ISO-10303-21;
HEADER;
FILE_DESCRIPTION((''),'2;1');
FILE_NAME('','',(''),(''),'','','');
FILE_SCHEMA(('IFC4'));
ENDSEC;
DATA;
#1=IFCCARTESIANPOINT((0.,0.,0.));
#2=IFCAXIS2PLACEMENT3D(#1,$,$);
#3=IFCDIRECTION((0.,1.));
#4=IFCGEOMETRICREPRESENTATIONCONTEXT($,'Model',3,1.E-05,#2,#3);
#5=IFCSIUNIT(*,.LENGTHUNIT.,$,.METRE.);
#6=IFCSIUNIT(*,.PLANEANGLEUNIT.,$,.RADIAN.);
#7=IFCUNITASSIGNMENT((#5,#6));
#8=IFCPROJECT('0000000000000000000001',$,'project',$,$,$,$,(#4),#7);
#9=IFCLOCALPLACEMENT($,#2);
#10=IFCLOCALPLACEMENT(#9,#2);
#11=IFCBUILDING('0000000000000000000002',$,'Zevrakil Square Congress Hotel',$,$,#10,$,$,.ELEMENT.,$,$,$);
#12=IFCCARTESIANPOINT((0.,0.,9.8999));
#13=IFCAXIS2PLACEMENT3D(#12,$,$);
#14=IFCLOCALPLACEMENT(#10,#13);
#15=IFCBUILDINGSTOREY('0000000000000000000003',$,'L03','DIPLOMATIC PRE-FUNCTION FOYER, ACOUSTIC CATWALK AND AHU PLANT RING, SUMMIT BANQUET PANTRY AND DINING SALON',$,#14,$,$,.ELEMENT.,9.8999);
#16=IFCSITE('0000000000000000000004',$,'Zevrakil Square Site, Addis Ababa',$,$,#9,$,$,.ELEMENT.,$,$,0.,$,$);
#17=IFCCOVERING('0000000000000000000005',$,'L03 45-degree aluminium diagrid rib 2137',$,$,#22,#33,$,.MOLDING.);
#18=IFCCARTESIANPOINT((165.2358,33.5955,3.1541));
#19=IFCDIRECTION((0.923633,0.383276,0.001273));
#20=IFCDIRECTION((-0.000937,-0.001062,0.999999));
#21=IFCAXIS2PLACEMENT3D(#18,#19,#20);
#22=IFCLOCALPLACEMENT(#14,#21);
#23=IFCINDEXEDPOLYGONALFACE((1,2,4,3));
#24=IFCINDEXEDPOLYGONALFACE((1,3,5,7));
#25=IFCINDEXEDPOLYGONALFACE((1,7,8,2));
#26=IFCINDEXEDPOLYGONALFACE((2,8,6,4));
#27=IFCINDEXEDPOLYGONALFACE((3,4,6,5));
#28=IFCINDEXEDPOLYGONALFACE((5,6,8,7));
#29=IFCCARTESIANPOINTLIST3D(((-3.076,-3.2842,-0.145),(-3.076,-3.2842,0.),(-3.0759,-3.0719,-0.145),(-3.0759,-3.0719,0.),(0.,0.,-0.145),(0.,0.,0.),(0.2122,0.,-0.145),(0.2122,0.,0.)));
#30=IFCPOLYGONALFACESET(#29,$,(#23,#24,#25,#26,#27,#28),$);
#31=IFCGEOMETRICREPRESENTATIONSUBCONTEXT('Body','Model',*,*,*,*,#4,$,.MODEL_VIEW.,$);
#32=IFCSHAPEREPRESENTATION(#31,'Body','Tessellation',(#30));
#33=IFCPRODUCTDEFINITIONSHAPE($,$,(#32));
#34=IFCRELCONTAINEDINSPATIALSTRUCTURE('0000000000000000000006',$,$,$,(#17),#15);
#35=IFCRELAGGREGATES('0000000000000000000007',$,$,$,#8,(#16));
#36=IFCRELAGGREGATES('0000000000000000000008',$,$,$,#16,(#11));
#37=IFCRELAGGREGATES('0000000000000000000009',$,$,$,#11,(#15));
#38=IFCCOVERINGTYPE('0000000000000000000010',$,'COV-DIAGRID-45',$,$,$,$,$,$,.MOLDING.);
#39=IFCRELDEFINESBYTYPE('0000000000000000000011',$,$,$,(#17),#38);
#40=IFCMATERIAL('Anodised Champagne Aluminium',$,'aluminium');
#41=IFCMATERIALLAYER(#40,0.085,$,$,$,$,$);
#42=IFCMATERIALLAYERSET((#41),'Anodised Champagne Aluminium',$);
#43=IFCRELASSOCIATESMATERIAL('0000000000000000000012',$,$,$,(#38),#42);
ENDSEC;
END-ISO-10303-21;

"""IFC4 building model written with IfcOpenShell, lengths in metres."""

from ifc_helpers import new_model, si_unit, direction, frame, origin, place, context, subcontext, project, spatial, polyline, outline, extrude, material, layer, layer_set, type_object, element, save


model = new_model("IFC4")

# Units and contexts
model_context = context("Model", 3, precision=1e-05, world=origin(), true_north=direction((0.0, 1.0)))
body_context = subcontext(model_context, "Body", "Model", "MODEL_VIEW")
ifc_project = project(units=[si_unit("LENGTHUNIT", "METRE"), si_unit("PLANEANGLEUNIT", "RADIAN")], contexts=[model_context])

# Site, building, storey
site_placement = place(None, origin())
site = spatial("IfcSite", under=ifc_project, at=site_placement, Name="Zevrakil Square Site, Addis Ababa", CompositionType="ELEMENT", RefElevation=0.0)
building_placement = place(site_placement, origin())
building = spatial("IfcBuilding", under=site, at=building_placement, Name="Zevrakil Square Congress Hotel", CompositionType="ELEMENT")
storey_placement = place(building_placement, frame((0.0, 0.0, 9.8999)))
storey = spatial("IfcBuildingStorey", under=building, at=storey_placement, Name="L03", Description="DIPLOMATIC PRE-FUNCTION FOYER, ACOUSTIC CATWALK AND AHU PLANT RING, SUMMIT BANQUET PANTRY AND DINING SALON", CompositionType="ELEMENT", Elevation=9.8999)

# Covering
ifc_material_1 = material(Name="Anodised Champagne Aluminium", Category="aluminium")
ifc_layer_1 = layer(ifc_material_1, 0.085)
ifc_layer_set_1 = layer_set([ifc_layer_1], Name="Anodised Champagne Aluminium")
covering_type_1 = type_object("IfcCoveringType", Name="COV-DIAGRID-45", PredefinedType="MOLDING", material=ifc_layer_set_1)
covering_1_placement = place(storey_placement, frame((165.2358, 33.5955, 3.1541), z_axis=(0.923633, 0.383276, 0.001273), x_axis=(-0.000937, -0.001062, 0.999999)))
element("IfcCovering", 1, at=covering_1_placement, inside=storey, type_object=covering_type_1, Name="L03 45-degree aluminium diagrid rib 2137", PredefinedType="MOLDING", context=body_context, shape_type="SweptSolid", body=[
    extrude(outline(polyline([(0.0, 0.0), (0.2122, 0.0), (-3.076, -3.2842), (-3.0759, -3.0719), (0.0, 0.0)])), origin(), (0.0, 0.0, -1.0), 0.145),
])

save(model, "model.ifc")
